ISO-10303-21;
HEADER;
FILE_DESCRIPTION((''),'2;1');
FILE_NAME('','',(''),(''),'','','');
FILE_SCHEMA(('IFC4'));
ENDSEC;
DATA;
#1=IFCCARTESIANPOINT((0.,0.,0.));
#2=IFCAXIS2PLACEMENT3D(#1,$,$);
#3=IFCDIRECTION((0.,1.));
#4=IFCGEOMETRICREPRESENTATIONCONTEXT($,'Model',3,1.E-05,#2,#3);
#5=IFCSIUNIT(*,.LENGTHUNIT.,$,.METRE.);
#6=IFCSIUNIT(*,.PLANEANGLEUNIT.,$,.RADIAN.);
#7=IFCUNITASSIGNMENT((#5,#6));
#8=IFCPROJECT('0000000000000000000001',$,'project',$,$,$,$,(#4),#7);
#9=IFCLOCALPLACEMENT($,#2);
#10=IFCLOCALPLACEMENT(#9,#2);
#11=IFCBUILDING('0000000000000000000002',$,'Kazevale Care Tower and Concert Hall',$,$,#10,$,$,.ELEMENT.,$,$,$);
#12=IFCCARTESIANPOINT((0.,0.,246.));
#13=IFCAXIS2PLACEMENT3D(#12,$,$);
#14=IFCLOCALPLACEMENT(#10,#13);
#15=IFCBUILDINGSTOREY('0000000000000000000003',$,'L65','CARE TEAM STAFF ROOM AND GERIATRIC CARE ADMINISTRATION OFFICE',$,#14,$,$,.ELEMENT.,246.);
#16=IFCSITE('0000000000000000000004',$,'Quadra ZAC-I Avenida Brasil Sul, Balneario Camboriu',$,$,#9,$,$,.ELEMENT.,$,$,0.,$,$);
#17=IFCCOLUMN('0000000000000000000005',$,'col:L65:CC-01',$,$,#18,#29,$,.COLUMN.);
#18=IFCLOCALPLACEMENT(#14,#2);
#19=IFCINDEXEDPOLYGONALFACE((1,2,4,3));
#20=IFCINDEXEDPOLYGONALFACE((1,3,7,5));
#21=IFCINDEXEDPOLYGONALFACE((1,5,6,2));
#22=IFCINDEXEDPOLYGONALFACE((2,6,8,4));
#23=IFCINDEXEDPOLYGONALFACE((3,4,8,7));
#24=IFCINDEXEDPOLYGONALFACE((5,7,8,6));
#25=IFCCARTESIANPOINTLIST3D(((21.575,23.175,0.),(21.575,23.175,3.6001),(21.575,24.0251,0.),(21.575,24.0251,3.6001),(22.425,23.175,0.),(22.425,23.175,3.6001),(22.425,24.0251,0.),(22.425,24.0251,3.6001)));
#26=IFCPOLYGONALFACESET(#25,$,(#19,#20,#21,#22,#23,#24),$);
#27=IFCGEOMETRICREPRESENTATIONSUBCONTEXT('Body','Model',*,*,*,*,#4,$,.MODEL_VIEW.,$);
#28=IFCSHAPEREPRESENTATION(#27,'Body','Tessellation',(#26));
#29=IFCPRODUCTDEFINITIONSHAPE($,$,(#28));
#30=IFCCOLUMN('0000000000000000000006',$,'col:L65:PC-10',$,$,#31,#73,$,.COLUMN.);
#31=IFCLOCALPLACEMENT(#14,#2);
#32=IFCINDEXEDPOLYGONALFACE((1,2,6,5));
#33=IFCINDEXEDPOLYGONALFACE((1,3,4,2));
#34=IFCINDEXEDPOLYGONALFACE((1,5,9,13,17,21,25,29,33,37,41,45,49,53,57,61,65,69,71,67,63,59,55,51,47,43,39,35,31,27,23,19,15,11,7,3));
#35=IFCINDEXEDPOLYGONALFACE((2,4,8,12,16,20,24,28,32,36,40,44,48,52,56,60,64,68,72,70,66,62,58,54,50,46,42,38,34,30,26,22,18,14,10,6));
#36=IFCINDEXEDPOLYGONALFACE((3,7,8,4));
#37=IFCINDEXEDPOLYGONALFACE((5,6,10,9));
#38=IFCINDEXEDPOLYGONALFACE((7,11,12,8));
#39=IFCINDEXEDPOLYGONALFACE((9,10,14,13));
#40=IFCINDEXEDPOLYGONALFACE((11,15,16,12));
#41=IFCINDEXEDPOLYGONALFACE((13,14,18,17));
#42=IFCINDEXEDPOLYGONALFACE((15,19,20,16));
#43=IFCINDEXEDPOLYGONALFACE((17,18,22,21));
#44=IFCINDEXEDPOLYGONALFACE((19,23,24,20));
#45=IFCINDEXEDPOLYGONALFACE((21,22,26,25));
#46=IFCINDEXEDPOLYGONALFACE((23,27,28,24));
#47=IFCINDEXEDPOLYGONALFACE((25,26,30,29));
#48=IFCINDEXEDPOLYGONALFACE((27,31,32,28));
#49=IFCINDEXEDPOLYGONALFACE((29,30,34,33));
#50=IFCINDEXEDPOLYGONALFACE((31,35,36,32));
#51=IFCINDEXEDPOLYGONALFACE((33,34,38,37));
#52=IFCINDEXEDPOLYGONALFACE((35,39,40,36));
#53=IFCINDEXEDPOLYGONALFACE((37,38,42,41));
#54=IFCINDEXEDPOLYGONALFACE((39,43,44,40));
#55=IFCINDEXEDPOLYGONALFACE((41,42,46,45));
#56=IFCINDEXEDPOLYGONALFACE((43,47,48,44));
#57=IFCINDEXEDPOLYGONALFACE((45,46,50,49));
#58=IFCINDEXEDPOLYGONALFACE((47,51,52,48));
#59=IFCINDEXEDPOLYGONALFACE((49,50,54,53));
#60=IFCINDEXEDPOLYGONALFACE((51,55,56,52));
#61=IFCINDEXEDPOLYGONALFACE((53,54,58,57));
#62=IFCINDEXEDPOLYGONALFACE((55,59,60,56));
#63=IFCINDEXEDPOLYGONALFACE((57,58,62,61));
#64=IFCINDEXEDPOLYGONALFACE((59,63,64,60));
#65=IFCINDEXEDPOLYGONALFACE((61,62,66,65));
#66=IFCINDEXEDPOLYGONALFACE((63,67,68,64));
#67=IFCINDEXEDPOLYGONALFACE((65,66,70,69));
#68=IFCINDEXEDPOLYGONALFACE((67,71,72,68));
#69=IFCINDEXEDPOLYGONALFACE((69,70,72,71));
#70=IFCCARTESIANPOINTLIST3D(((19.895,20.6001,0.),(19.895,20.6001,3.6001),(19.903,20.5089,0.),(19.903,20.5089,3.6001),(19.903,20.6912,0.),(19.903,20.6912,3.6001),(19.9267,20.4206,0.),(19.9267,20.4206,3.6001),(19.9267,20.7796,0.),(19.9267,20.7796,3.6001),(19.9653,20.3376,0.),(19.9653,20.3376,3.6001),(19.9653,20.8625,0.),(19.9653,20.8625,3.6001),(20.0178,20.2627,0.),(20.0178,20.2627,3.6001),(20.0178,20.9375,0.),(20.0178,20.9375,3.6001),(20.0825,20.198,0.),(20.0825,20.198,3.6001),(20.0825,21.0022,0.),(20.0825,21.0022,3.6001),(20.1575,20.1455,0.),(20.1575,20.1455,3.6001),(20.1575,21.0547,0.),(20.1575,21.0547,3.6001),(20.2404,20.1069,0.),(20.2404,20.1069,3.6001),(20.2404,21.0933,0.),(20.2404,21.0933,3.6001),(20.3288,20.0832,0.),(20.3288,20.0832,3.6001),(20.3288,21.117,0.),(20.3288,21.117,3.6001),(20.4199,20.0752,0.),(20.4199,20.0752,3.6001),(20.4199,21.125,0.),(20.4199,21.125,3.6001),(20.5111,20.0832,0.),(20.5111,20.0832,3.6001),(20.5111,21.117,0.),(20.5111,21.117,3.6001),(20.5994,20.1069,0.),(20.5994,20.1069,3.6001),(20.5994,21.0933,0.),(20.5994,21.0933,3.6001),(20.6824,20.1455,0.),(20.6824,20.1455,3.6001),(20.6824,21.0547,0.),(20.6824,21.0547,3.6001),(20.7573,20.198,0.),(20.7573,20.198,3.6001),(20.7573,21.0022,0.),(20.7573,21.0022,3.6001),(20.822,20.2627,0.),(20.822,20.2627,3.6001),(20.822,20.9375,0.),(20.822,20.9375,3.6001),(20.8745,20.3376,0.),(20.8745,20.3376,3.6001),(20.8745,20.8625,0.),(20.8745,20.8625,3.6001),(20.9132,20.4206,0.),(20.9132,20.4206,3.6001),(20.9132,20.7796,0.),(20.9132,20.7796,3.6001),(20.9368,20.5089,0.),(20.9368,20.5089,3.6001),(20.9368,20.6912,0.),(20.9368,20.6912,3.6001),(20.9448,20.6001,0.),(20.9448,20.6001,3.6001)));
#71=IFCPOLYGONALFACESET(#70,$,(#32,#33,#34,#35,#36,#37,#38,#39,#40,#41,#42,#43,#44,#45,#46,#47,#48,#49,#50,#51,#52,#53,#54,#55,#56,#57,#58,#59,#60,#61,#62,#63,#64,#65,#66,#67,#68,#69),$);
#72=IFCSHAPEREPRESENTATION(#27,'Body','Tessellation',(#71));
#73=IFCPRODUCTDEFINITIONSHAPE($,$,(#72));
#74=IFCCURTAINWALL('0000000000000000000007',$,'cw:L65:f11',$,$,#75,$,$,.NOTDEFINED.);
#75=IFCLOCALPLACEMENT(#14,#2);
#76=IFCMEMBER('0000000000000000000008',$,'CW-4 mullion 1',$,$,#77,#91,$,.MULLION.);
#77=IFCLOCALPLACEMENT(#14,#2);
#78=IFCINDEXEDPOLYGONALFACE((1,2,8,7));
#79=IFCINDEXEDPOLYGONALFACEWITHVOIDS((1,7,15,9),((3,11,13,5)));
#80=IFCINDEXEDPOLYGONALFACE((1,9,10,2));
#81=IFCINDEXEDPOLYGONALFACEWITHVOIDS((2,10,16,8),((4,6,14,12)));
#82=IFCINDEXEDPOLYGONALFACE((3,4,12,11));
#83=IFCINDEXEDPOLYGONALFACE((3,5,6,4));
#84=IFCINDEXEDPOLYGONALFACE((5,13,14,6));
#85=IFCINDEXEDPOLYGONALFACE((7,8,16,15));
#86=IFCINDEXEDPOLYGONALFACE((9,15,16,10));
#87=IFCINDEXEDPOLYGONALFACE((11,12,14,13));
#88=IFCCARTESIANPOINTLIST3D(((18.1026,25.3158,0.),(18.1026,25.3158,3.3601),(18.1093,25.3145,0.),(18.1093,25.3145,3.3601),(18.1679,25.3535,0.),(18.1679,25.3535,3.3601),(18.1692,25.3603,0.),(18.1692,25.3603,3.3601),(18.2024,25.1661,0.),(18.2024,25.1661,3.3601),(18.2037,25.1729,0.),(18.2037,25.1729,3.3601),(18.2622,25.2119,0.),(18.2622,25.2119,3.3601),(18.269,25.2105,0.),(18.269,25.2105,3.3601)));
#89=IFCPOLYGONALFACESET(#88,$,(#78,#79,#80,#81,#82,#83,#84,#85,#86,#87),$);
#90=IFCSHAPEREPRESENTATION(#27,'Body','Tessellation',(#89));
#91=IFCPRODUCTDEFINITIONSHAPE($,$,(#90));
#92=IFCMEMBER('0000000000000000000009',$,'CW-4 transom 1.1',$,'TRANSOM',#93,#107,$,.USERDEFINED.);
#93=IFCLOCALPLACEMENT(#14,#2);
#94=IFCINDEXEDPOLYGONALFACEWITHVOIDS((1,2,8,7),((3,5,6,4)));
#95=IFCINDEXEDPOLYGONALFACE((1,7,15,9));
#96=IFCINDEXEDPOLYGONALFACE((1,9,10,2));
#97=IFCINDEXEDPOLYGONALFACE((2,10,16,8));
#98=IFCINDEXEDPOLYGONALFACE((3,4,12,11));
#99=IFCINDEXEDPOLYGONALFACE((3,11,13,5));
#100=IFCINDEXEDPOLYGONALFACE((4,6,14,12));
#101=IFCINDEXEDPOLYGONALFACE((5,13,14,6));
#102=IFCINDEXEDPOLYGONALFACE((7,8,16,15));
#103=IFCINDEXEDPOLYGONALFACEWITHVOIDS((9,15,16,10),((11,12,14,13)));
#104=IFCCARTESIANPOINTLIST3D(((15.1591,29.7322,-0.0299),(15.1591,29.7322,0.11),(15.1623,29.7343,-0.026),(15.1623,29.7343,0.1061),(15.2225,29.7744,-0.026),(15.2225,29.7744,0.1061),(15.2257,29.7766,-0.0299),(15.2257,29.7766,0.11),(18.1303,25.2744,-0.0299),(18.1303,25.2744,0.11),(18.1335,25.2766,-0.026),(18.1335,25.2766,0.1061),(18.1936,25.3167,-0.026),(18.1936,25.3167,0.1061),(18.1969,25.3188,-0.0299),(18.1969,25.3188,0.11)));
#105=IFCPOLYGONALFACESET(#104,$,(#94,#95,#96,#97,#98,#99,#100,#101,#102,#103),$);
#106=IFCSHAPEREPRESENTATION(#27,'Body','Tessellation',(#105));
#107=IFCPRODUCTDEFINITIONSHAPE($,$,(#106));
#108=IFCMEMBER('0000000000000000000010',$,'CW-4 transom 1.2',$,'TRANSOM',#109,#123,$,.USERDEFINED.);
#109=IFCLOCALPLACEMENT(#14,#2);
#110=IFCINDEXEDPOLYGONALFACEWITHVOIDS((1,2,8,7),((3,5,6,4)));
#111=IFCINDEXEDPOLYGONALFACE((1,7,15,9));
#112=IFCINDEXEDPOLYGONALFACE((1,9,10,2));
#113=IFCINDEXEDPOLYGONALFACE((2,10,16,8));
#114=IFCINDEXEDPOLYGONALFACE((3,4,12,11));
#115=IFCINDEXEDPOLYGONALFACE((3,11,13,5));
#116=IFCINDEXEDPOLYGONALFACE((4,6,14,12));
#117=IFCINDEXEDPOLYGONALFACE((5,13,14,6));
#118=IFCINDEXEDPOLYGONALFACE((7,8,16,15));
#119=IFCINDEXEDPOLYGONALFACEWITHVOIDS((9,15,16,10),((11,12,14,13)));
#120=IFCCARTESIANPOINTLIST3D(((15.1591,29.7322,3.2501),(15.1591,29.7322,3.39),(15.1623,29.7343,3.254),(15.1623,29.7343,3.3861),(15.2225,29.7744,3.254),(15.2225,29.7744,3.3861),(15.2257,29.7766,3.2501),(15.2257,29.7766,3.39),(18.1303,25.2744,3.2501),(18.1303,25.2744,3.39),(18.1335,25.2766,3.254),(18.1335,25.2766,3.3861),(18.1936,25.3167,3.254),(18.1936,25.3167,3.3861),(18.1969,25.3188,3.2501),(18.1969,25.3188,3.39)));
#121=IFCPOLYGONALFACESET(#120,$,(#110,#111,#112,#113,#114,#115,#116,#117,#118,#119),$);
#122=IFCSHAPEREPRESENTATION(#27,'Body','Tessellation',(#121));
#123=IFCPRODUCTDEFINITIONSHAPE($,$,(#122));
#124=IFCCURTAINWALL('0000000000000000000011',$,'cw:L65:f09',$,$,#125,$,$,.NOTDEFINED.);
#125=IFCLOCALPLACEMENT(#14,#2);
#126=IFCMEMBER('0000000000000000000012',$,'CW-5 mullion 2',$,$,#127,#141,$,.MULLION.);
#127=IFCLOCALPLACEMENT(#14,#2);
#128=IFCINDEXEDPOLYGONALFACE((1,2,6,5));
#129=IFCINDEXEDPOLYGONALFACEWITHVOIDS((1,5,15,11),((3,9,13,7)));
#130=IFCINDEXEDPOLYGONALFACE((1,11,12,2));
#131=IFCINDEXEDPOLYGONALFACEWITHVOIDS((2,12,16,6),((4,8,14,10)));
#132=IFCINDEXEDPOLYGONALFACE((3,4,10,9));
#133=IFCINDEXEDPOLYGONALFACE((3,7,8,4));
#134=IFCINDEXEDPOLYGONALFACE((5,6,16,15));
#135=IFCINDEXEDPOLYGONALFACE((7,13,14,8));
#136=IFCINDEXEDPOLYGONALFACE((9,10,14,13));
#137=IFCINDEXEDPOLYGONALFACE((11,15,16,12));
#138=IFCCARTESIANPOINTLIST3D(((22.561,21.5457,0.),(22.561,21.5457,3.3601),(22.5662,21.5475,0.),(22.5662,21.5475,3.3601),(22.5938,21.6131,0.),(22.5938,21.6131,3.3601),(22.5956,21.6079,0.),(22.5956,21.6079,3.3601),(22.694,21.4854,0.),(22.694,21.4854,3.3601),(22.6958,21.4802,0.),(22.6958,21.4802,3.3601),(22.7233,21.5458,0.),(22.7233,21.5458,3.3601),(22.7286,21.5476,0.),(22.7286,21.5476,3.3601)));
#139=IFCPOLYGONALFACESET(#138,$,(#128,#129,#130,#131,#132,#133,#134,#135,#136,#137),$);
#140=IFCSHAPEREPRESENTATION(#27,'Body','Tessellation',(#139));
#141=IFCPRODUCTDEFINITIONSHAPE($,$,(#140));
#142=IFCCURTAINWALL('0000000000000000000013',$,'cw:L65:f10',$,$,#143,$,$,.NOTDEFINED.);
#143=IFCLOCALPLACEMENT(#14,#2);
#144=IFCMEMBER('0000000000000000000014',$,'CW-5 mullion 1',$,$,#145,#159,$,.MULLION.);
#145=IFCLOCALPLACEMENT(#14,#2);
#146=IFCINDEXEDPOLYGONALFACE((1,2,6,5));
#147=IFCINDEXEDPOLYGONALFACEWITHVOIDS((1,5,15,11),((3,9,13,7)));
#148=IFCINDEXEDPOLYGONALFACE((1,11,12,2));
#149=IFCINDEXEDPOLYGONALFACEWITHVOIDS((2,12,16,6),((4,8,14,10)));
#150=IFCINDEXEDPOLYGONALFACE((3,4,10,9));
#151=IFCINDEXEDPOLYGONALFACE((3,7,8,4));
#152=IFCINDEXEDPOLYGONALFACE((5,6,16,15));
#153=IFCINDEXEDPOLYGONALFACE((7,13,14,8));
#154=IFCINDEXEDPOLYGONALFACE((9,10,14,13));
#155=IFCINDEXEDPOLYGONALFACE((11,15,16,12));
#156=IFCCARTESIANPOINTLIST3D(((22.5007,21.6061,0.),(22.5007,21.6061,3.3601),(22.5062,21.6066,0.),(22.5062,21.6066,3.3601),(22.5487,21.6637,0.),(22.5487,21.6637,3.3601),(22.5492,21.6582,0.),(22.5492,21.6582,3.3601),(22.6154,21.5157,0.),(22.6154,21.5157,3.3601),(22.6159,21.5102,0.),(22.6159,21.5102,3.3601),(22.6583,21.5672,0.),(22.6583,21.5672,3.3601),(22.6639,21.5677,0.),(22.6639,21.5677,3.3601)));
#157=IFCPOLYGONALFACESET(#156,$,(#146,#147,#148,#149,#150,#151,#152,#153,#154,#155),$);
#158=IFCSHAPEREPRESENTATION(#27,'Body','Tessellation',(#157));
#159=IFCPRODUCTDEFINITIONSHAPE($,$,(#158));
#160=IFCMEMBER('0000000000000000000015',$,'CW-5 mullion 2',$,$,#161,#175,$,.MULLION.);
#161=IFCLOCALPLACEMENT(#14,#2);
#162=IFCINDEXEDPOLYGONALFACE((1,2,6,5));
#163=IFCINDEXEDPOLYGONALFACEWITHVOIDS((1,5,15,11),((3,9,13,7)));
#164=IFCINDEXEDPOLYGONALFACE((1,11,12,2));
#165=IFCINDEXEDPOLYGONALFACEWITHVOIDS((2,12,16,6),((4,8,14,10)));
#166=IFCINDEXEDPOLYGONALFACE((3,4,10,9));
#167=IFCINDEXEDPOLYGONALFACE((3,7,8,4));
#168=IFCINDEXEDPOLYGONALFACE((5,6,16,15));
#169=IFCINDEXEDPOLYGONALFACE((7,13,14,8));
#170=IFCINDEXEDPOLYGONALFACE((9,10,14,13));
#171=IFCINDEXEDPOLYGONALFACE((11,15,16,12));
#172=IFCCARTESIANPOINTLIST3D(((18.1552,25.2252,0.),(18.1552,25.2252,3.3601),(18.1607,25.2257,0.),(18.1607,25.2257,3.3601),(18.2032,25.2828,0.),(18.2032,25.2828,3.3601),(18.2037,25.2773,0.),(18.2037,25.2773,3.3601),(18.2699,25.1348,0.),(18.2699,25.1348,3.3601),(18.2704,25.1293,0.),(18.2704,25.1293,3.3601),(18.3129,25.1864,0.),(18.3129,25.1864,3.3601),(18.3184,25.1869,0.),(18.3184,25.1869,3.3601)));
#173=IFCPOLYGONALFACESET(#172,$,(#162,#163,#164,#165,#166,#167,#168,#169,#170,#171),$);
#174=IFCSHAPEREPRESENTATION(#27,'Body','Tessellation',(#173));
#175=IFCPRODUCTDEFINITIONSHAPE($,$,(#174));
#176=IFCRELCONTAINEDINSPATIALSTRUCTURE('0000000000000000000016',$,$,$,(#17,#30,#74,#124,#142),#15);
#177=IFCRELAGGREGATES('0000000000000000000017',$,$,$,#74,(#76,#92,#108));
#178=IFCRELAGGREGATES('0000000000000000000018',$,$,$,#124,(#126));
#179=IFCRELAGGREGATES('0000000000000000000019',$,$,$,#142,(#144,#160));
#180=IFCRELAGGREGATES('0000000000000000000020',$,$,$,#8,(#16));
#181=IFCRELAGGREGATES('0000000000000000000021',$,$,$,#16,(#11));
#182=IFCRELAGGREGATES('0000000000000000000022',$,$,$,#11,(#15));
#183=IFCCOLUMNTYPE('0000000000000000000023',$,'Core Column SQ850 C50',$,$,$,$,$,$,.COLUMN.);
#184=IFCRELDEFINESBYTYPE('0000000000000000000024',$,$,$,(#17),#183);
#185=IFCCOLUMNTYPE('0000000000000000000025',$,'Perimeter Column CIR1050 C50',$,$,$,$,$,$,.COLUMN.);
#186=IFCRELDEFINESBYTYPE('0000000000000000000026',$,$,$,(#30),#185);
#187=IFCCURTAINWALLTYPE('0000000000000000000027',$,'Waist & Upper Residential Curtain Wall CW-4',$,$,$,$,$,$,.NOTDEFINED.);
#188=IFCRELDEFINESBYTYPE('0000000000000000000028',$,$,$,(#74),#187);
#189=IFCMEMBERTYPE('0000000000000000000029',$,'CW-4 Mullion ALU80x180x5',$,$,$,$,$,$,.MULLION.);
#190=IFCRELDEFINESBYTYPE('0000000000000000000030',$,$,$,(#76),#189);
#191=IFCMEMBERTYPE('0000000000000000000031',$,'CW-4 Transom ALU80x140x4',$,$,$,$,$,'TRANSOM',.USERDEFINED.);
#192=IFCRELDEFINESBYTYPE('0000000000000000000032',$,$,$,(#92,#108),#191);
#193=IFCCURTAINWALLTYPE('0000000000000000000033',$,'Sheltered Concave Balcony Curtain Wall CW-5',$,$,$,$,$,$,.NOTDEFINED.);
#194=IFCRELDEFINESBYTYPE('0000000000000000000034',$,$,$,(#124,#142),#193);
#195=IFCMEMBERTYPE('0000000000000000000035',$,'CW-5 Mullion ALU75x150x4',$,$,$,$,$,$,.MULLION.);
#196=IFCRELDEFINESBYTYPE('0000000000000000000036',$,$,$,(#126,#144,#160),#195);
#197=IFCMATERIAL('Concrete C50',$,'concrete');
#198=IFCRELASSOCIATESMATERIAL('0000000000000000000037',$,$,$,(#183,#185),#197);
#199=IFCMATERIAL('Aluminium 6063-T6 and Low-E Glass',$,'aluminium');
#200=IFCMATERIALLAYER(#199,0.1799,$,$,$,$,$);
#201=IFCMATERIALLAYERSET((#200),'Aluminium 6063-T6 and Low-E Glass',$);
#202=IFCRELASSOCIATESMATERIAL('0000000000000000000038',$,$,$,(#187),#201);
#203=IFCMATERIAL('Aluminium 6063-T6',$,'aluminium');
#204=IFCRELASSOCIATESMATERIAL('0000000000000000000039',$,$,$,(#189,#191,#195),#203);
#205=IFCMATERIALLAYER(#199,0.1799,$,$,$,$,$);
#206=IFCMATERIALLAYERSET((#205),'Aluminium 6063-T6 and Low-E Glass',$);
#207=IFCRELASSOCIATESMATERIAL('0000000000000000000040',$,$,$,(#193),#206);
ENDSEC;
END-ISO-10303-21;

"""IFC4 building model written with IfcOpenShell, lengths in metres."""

from ifc_helpers import new_model, si_unit, direction, frame, origin, origin_2d, place, context, subcontext, project, spatial, rectangle, hollow_rectangle, circle, extrude, material, layer, layer_set, material_profile, profile_set, type_object, element, aggregate, save


model = new_model("IFC4")

# Units and contexts
model_context = context("Model", 3, precision=1e-05, world=origin(), true_north=direction((0.0, 1.0)))
body_context = subcontext(model_context, "Body", "Model", "MODEL_VIEW")
ifc_project = project(units=[si_unit("LENGTHUNIT", "METRE"), si_unit("PLANEANGLEUNIT", "RADIAN")], contexts=[model_context])

# Site, building, storey
site_placement = place(None, origin())
site = spatial("IfcSite", under=ifc_project, at=site_placement, Name="Quadra ZAC-I Avenida Brasil Sul, Balneario Camboriu", CompositionType="ELEMENT", RefElevation=0.0)
building_placement = place(site_placement, origin())
building = spatial("IfcBuilding", under=site, at=building_placement, Name="Kazevale Care Tower and Concert Hall", CompositionType="ELEMENT")
storey_placement = place(building_placement, frame((0.0, 0.0, 246.0)))
storey = spatial("IfcBuildingStorey", under=building, at=storey_placement, Name="L65", Description="CARE TEAM STAFF ROOM AND GERIATRIC CARE ADMINISTRATION OFFICE", CompositionType="ELEMENT", Elevation=246.0)

# Columns
ifc_material_1 = material(Name="Concrete C50", Category="concrete")
ifc_material_profile_1 = material_profile(ifc_material_1, rectangle(XDim=0.8501, YDim=0.8501, at=origin_2d()), Name="RC-SQ850")
ifc_profile_set_1 = profile_set([ifc_material_profile_1], Name="Concrete C50")
column_type_1 = type_object("IfcColumnType", Name="Core Column SQ850 C50", PredefinedType="COLUMN", material=ifc_profile_set_1)
column_1_placement = place(storey_placement, frame((22.0, 23.6001, 0.0), z_axis=(0.0, 0.0, 1.0), x_axis=(1.0, 0.0, 0.0)))
element("IfcColumn", 1, at=column_1_placement, inside=storey, type_object=column_type_1, Name="col:L65:CC-01", PredefinedType="COLUMN", context=body_context, shape_type="SweptSolid", body=[
    extrude(rectangle(XDim=0.8501, YDim=0.8501, at=origin_2d()), origin(), (0.0, 0.0, 1.0), 3.6001),
])
ifc_material_profile_2 = material_profile(ifc_material_1, circle(Radius=0.5249, at=origin_2d()), Name="RC-CIR1050")
ifc_profile_set_2 = profile_set([ifc_material_profile_2], Name="Concrete C50")
column_type_2 = type_object("IfcColumnType", Name="Perimeter Column CIR1050 C50", PredefinedType="COLUMN", material=ifc_profile_set_2)
column_2_placement = place(storey_placement, frame((20.4199, 20.6001, 0.0), z_axis=(0.0, 0.0, 1.0), x_axis=(1.0, 0.0, 0.0)))
element("IfcColumn", 2, at=column_2_placement, inside=storey, type_object=column_type_2, Name="col:L65:PC-10", PredefinedType="COLUMN", context=body_context, shape_type="SweptSolid", body=[
    extrude(circle(Radius=0.5249, at=origin_2d()), origin(), (0.0, 0.0, 1.0), 3.6001),
])

# Curtain wall, members
ifc_material_2 = material(Name="Aluminium 6063-T6 and Low-E Glass", Category="aluminium")
ifc_layer_1 = layer(ifc_material_2, 0.1799)
ifc_layer_set_1 = layer_set([ifc_layer_1], Name="Aluminium 6063-T6 and Low-E Glass")
curtain_wall_type_1 = type_object("IfcCurtainWallType", Name="Waist & Upper Residential Curtain Wall CW-4", PredefinedType="NOTDEFINED", material=ifc_layer_set_1)
curtain_wall_1_placement = place(storey_placement, origin())
curtain_wall_1 = element("IfcCurtainWall", 3, at=curtain_wall_1_placement, inside=storey, type_object=curtain_wall_type_1, Name="cw:L65:f11", PredefinedType="NOTDEFINED")
ifc_material_3 = material(Name="Aluminium 6063-T6", Category="aluminium")
ifc_material_profile_3 = material_profile(ifc_material_3, hollow_rectangle(XDim=0.0801, YDim=0.1799, WallThickness=0.0049, at=origin_2d()), Name="ALU80x180x5")
ifc_profile_set_3 = profile_set([ifc_material_profile_3], Name="Aluminium 6063-T6")
member_type_1 = type_object("IfcMemberType", Name="CW-4 Mullion ALU80x180x5", PredefinedType="MULLION", material=ifc_profile_set_3)
member_1_placement = place(storey_placement, frame((18.1858, 25.2632, 0.0), z_axis=(0.0, 0.0, 1.0), x_axis=(-0.832106, -0.554617, 0.0)))
member_1 = element("IfcMember", 4, at=member_1_placement, type_object=member_type_1, Name="CW-4 mullion 1", PredefinedType="MULLION", context=body_context, shape_type="SweptSolid", body=[
    extrude(hollow_rectangle(XDim=0.0801, YDim=0.1799, WallThickness=0.0049, at=origin_2d()), origin(), (0.0, 0.0, 1.0), 3.3601),
])
ifc_material_profile_4 = material_profile(ifc_material_3, hollow_rectangle(XDim=0.0801, YDim=0.1399, WallThickness=0.0039, at=origin_2d()), Name="ALU80x140x4")
ifc_profile_set_4 = profile_set([ifc_material_profile_4], Name="Aluminium 6063-T6")
member_type_2 = type_object("IfcMemberType", Name="CW-4 Transom ALU80x140x4", ElementType="TRANSOM", PredefinedType="USERDEFINED", material=ifc_profile_set_4)
member_2_placement = place(storey_placement, frame((18.1636, 25.2966, 0.04), z_axis=(-0.554616, 0.832106, 0.0), x_axis=(-0.832106, -0.554616, 0.0)))
member_2 = element("IfcMember", 5, at=member_2_placement, type_object=member_type_2, Name="CW-4 transom 1.1", ObjectType="TRANSOM", PredefinedType="USERDEFINED", context=body_context, shape_type="SweptSolid", body=[
    extrude(hollow_rectangle(XDim=0.0801, YDim=0.1399, WallThickness=0.0039, at=origin_2d()), origin(), (0.0, 0.0, 1.0), 5.3572),
])
member_3_placement = place(storey_placement, frame((18.1636, 25.2966, 3.3201), z_axis=(-0.554616, 0.832106, 0.0), x_axis=(-0.832106, -0.554616, 0.0)))
member_3 = element("IfcMember", 6, at=member_3_placement, type_object=member_type_2, Name="CW-4 transom 1.2", ObjectType="TRANSOM", PredefinedType="USERDEFINED", context=body_context, shape_type="SweptSolid", body=[
    extrude(hollow_rectangle(XDim=0.0801, YDim=0.1399, WallThickness=0.0039, at=origin_2d()), origin(), (0.0, 0.0, 1.0), 5.3572),
])

# Curtain wall, member
ifc_layer_2 = layer(ifc_material_2, 0.1799)
ifc_layer_set_2 = layer_set([ifc_layer_2], Name="Aluminium 6063-T6 and Low-E Glass")
curtain_wall_type_2 = type_object("IfcCurtainWallType", Name="Sheltered Concave Balcony Curtain Wall CW-5", PredefinedType="NOTDEFINED", material=ifc_layer_set_2)
curtain_wall_2_placement = place(storey_placement, origin())
curtain_wall_2 = element("IfcCurtainWall", 7, at=curtain_wall_2_placement, inside=storey, type_object=curtain_wall_type_2, Name="cw:L65:f09", PredefinedType="NOTDEFINED")
ifc_material_profile_5 = material_profile(ifc_material_3, hollow_rectangle(XDim=0.075, YDim=0.1499, WallThickness=0.0039, at=origin_2d()), Name="ALU75x150x4")
ifc_profile_set_5 = profile_set([ifc_material_profile_5], Name="Aluminium 6063-T6")
member_type_3 = type_object("IfcMemberType", Name="CW-5 Mullion ALU75x150x4", PredefinedType="MULLION", material=ifc_profile_set_5)
member_4_placement = place(storey_placement, frame((22.6448, 21.5466, 0.0), z_axis=(0.0, 0.0, 1.0), x_axis=(-0.437238, -0.899346, 0.0)))
member_4 = element("IfcMember", 8, at=member_4_placement, type_object=member_type_3, Name="CW-5 mullion 2", PredefinedType="MULLION", context=body_context, shape_type="SweptSolid", body=[
    extrude(hollow_rectangle(XDim=0.075, YDim=0.1499, WallThickness=0.0039, at=origin_2d()), origin(), (0.0, 0.0, 1.0), 3.3601),
])

# Curtain wall, members
curtain_wall_3_placement = place(storey_placement, origin())
curtain_wall_3 = element("IfcCurtainWall", 9, at=curtain_wall_3_placement, inside=storey, type_object=curtain_wall_type_2, Name="cw:L65:f10", PredefinedType="NOTDEFINED")
member_5_placement = place(storey_placement, frame((22.5823, 21.5869, 0.0), z_axis=(0.0, 0.0, 1.0), x_axis=(-0.639961, -0.768407, 0.0)))
member_5 = element("IfcMember", 10, at=member_5_placement, type_object=member_type_3, Name="CW-5 mullion 1", PredefinedType="MULLION", context=body_context, shape_type="SweptSolid", body=[
    extrude(hollow_rectangle(XDim=0.075, YDim=0.1499, WallThickness=0.0039, at=origin_2d()), origin(), (0.0, 0.0, 1.0), 3.3601),
])
member_6_placement = place(storey_placement, frame((18.2368, 25.2061, 0.0), z_axis=(0.0, 0.0, 1.0), x_axis=(-0.639961, -0.768407, 0.0)))
member_6 = element("IfcMember", 11, at=member_6_placement, type_object=member_type_3, Name="CW-5 mullion 2", PredefinedType="MULLION", context=body_context, shape_type="SweptSolid", body=[
    extrude(hollow_rectangle(XDim=0.075, YDim=0.1499, WallThickness=0.0039, at=origin_2d()), origin(), (0.0, 0.0, 1.0), 3.3601),
])

aggregate(curtain_wall_1, [member_1, member_2, member_3])
aggregate(curtain_wall_2, [member_4])
aggregate(curtain_wall_3, [member_5, member_6])

save(model, "model.ifc")
